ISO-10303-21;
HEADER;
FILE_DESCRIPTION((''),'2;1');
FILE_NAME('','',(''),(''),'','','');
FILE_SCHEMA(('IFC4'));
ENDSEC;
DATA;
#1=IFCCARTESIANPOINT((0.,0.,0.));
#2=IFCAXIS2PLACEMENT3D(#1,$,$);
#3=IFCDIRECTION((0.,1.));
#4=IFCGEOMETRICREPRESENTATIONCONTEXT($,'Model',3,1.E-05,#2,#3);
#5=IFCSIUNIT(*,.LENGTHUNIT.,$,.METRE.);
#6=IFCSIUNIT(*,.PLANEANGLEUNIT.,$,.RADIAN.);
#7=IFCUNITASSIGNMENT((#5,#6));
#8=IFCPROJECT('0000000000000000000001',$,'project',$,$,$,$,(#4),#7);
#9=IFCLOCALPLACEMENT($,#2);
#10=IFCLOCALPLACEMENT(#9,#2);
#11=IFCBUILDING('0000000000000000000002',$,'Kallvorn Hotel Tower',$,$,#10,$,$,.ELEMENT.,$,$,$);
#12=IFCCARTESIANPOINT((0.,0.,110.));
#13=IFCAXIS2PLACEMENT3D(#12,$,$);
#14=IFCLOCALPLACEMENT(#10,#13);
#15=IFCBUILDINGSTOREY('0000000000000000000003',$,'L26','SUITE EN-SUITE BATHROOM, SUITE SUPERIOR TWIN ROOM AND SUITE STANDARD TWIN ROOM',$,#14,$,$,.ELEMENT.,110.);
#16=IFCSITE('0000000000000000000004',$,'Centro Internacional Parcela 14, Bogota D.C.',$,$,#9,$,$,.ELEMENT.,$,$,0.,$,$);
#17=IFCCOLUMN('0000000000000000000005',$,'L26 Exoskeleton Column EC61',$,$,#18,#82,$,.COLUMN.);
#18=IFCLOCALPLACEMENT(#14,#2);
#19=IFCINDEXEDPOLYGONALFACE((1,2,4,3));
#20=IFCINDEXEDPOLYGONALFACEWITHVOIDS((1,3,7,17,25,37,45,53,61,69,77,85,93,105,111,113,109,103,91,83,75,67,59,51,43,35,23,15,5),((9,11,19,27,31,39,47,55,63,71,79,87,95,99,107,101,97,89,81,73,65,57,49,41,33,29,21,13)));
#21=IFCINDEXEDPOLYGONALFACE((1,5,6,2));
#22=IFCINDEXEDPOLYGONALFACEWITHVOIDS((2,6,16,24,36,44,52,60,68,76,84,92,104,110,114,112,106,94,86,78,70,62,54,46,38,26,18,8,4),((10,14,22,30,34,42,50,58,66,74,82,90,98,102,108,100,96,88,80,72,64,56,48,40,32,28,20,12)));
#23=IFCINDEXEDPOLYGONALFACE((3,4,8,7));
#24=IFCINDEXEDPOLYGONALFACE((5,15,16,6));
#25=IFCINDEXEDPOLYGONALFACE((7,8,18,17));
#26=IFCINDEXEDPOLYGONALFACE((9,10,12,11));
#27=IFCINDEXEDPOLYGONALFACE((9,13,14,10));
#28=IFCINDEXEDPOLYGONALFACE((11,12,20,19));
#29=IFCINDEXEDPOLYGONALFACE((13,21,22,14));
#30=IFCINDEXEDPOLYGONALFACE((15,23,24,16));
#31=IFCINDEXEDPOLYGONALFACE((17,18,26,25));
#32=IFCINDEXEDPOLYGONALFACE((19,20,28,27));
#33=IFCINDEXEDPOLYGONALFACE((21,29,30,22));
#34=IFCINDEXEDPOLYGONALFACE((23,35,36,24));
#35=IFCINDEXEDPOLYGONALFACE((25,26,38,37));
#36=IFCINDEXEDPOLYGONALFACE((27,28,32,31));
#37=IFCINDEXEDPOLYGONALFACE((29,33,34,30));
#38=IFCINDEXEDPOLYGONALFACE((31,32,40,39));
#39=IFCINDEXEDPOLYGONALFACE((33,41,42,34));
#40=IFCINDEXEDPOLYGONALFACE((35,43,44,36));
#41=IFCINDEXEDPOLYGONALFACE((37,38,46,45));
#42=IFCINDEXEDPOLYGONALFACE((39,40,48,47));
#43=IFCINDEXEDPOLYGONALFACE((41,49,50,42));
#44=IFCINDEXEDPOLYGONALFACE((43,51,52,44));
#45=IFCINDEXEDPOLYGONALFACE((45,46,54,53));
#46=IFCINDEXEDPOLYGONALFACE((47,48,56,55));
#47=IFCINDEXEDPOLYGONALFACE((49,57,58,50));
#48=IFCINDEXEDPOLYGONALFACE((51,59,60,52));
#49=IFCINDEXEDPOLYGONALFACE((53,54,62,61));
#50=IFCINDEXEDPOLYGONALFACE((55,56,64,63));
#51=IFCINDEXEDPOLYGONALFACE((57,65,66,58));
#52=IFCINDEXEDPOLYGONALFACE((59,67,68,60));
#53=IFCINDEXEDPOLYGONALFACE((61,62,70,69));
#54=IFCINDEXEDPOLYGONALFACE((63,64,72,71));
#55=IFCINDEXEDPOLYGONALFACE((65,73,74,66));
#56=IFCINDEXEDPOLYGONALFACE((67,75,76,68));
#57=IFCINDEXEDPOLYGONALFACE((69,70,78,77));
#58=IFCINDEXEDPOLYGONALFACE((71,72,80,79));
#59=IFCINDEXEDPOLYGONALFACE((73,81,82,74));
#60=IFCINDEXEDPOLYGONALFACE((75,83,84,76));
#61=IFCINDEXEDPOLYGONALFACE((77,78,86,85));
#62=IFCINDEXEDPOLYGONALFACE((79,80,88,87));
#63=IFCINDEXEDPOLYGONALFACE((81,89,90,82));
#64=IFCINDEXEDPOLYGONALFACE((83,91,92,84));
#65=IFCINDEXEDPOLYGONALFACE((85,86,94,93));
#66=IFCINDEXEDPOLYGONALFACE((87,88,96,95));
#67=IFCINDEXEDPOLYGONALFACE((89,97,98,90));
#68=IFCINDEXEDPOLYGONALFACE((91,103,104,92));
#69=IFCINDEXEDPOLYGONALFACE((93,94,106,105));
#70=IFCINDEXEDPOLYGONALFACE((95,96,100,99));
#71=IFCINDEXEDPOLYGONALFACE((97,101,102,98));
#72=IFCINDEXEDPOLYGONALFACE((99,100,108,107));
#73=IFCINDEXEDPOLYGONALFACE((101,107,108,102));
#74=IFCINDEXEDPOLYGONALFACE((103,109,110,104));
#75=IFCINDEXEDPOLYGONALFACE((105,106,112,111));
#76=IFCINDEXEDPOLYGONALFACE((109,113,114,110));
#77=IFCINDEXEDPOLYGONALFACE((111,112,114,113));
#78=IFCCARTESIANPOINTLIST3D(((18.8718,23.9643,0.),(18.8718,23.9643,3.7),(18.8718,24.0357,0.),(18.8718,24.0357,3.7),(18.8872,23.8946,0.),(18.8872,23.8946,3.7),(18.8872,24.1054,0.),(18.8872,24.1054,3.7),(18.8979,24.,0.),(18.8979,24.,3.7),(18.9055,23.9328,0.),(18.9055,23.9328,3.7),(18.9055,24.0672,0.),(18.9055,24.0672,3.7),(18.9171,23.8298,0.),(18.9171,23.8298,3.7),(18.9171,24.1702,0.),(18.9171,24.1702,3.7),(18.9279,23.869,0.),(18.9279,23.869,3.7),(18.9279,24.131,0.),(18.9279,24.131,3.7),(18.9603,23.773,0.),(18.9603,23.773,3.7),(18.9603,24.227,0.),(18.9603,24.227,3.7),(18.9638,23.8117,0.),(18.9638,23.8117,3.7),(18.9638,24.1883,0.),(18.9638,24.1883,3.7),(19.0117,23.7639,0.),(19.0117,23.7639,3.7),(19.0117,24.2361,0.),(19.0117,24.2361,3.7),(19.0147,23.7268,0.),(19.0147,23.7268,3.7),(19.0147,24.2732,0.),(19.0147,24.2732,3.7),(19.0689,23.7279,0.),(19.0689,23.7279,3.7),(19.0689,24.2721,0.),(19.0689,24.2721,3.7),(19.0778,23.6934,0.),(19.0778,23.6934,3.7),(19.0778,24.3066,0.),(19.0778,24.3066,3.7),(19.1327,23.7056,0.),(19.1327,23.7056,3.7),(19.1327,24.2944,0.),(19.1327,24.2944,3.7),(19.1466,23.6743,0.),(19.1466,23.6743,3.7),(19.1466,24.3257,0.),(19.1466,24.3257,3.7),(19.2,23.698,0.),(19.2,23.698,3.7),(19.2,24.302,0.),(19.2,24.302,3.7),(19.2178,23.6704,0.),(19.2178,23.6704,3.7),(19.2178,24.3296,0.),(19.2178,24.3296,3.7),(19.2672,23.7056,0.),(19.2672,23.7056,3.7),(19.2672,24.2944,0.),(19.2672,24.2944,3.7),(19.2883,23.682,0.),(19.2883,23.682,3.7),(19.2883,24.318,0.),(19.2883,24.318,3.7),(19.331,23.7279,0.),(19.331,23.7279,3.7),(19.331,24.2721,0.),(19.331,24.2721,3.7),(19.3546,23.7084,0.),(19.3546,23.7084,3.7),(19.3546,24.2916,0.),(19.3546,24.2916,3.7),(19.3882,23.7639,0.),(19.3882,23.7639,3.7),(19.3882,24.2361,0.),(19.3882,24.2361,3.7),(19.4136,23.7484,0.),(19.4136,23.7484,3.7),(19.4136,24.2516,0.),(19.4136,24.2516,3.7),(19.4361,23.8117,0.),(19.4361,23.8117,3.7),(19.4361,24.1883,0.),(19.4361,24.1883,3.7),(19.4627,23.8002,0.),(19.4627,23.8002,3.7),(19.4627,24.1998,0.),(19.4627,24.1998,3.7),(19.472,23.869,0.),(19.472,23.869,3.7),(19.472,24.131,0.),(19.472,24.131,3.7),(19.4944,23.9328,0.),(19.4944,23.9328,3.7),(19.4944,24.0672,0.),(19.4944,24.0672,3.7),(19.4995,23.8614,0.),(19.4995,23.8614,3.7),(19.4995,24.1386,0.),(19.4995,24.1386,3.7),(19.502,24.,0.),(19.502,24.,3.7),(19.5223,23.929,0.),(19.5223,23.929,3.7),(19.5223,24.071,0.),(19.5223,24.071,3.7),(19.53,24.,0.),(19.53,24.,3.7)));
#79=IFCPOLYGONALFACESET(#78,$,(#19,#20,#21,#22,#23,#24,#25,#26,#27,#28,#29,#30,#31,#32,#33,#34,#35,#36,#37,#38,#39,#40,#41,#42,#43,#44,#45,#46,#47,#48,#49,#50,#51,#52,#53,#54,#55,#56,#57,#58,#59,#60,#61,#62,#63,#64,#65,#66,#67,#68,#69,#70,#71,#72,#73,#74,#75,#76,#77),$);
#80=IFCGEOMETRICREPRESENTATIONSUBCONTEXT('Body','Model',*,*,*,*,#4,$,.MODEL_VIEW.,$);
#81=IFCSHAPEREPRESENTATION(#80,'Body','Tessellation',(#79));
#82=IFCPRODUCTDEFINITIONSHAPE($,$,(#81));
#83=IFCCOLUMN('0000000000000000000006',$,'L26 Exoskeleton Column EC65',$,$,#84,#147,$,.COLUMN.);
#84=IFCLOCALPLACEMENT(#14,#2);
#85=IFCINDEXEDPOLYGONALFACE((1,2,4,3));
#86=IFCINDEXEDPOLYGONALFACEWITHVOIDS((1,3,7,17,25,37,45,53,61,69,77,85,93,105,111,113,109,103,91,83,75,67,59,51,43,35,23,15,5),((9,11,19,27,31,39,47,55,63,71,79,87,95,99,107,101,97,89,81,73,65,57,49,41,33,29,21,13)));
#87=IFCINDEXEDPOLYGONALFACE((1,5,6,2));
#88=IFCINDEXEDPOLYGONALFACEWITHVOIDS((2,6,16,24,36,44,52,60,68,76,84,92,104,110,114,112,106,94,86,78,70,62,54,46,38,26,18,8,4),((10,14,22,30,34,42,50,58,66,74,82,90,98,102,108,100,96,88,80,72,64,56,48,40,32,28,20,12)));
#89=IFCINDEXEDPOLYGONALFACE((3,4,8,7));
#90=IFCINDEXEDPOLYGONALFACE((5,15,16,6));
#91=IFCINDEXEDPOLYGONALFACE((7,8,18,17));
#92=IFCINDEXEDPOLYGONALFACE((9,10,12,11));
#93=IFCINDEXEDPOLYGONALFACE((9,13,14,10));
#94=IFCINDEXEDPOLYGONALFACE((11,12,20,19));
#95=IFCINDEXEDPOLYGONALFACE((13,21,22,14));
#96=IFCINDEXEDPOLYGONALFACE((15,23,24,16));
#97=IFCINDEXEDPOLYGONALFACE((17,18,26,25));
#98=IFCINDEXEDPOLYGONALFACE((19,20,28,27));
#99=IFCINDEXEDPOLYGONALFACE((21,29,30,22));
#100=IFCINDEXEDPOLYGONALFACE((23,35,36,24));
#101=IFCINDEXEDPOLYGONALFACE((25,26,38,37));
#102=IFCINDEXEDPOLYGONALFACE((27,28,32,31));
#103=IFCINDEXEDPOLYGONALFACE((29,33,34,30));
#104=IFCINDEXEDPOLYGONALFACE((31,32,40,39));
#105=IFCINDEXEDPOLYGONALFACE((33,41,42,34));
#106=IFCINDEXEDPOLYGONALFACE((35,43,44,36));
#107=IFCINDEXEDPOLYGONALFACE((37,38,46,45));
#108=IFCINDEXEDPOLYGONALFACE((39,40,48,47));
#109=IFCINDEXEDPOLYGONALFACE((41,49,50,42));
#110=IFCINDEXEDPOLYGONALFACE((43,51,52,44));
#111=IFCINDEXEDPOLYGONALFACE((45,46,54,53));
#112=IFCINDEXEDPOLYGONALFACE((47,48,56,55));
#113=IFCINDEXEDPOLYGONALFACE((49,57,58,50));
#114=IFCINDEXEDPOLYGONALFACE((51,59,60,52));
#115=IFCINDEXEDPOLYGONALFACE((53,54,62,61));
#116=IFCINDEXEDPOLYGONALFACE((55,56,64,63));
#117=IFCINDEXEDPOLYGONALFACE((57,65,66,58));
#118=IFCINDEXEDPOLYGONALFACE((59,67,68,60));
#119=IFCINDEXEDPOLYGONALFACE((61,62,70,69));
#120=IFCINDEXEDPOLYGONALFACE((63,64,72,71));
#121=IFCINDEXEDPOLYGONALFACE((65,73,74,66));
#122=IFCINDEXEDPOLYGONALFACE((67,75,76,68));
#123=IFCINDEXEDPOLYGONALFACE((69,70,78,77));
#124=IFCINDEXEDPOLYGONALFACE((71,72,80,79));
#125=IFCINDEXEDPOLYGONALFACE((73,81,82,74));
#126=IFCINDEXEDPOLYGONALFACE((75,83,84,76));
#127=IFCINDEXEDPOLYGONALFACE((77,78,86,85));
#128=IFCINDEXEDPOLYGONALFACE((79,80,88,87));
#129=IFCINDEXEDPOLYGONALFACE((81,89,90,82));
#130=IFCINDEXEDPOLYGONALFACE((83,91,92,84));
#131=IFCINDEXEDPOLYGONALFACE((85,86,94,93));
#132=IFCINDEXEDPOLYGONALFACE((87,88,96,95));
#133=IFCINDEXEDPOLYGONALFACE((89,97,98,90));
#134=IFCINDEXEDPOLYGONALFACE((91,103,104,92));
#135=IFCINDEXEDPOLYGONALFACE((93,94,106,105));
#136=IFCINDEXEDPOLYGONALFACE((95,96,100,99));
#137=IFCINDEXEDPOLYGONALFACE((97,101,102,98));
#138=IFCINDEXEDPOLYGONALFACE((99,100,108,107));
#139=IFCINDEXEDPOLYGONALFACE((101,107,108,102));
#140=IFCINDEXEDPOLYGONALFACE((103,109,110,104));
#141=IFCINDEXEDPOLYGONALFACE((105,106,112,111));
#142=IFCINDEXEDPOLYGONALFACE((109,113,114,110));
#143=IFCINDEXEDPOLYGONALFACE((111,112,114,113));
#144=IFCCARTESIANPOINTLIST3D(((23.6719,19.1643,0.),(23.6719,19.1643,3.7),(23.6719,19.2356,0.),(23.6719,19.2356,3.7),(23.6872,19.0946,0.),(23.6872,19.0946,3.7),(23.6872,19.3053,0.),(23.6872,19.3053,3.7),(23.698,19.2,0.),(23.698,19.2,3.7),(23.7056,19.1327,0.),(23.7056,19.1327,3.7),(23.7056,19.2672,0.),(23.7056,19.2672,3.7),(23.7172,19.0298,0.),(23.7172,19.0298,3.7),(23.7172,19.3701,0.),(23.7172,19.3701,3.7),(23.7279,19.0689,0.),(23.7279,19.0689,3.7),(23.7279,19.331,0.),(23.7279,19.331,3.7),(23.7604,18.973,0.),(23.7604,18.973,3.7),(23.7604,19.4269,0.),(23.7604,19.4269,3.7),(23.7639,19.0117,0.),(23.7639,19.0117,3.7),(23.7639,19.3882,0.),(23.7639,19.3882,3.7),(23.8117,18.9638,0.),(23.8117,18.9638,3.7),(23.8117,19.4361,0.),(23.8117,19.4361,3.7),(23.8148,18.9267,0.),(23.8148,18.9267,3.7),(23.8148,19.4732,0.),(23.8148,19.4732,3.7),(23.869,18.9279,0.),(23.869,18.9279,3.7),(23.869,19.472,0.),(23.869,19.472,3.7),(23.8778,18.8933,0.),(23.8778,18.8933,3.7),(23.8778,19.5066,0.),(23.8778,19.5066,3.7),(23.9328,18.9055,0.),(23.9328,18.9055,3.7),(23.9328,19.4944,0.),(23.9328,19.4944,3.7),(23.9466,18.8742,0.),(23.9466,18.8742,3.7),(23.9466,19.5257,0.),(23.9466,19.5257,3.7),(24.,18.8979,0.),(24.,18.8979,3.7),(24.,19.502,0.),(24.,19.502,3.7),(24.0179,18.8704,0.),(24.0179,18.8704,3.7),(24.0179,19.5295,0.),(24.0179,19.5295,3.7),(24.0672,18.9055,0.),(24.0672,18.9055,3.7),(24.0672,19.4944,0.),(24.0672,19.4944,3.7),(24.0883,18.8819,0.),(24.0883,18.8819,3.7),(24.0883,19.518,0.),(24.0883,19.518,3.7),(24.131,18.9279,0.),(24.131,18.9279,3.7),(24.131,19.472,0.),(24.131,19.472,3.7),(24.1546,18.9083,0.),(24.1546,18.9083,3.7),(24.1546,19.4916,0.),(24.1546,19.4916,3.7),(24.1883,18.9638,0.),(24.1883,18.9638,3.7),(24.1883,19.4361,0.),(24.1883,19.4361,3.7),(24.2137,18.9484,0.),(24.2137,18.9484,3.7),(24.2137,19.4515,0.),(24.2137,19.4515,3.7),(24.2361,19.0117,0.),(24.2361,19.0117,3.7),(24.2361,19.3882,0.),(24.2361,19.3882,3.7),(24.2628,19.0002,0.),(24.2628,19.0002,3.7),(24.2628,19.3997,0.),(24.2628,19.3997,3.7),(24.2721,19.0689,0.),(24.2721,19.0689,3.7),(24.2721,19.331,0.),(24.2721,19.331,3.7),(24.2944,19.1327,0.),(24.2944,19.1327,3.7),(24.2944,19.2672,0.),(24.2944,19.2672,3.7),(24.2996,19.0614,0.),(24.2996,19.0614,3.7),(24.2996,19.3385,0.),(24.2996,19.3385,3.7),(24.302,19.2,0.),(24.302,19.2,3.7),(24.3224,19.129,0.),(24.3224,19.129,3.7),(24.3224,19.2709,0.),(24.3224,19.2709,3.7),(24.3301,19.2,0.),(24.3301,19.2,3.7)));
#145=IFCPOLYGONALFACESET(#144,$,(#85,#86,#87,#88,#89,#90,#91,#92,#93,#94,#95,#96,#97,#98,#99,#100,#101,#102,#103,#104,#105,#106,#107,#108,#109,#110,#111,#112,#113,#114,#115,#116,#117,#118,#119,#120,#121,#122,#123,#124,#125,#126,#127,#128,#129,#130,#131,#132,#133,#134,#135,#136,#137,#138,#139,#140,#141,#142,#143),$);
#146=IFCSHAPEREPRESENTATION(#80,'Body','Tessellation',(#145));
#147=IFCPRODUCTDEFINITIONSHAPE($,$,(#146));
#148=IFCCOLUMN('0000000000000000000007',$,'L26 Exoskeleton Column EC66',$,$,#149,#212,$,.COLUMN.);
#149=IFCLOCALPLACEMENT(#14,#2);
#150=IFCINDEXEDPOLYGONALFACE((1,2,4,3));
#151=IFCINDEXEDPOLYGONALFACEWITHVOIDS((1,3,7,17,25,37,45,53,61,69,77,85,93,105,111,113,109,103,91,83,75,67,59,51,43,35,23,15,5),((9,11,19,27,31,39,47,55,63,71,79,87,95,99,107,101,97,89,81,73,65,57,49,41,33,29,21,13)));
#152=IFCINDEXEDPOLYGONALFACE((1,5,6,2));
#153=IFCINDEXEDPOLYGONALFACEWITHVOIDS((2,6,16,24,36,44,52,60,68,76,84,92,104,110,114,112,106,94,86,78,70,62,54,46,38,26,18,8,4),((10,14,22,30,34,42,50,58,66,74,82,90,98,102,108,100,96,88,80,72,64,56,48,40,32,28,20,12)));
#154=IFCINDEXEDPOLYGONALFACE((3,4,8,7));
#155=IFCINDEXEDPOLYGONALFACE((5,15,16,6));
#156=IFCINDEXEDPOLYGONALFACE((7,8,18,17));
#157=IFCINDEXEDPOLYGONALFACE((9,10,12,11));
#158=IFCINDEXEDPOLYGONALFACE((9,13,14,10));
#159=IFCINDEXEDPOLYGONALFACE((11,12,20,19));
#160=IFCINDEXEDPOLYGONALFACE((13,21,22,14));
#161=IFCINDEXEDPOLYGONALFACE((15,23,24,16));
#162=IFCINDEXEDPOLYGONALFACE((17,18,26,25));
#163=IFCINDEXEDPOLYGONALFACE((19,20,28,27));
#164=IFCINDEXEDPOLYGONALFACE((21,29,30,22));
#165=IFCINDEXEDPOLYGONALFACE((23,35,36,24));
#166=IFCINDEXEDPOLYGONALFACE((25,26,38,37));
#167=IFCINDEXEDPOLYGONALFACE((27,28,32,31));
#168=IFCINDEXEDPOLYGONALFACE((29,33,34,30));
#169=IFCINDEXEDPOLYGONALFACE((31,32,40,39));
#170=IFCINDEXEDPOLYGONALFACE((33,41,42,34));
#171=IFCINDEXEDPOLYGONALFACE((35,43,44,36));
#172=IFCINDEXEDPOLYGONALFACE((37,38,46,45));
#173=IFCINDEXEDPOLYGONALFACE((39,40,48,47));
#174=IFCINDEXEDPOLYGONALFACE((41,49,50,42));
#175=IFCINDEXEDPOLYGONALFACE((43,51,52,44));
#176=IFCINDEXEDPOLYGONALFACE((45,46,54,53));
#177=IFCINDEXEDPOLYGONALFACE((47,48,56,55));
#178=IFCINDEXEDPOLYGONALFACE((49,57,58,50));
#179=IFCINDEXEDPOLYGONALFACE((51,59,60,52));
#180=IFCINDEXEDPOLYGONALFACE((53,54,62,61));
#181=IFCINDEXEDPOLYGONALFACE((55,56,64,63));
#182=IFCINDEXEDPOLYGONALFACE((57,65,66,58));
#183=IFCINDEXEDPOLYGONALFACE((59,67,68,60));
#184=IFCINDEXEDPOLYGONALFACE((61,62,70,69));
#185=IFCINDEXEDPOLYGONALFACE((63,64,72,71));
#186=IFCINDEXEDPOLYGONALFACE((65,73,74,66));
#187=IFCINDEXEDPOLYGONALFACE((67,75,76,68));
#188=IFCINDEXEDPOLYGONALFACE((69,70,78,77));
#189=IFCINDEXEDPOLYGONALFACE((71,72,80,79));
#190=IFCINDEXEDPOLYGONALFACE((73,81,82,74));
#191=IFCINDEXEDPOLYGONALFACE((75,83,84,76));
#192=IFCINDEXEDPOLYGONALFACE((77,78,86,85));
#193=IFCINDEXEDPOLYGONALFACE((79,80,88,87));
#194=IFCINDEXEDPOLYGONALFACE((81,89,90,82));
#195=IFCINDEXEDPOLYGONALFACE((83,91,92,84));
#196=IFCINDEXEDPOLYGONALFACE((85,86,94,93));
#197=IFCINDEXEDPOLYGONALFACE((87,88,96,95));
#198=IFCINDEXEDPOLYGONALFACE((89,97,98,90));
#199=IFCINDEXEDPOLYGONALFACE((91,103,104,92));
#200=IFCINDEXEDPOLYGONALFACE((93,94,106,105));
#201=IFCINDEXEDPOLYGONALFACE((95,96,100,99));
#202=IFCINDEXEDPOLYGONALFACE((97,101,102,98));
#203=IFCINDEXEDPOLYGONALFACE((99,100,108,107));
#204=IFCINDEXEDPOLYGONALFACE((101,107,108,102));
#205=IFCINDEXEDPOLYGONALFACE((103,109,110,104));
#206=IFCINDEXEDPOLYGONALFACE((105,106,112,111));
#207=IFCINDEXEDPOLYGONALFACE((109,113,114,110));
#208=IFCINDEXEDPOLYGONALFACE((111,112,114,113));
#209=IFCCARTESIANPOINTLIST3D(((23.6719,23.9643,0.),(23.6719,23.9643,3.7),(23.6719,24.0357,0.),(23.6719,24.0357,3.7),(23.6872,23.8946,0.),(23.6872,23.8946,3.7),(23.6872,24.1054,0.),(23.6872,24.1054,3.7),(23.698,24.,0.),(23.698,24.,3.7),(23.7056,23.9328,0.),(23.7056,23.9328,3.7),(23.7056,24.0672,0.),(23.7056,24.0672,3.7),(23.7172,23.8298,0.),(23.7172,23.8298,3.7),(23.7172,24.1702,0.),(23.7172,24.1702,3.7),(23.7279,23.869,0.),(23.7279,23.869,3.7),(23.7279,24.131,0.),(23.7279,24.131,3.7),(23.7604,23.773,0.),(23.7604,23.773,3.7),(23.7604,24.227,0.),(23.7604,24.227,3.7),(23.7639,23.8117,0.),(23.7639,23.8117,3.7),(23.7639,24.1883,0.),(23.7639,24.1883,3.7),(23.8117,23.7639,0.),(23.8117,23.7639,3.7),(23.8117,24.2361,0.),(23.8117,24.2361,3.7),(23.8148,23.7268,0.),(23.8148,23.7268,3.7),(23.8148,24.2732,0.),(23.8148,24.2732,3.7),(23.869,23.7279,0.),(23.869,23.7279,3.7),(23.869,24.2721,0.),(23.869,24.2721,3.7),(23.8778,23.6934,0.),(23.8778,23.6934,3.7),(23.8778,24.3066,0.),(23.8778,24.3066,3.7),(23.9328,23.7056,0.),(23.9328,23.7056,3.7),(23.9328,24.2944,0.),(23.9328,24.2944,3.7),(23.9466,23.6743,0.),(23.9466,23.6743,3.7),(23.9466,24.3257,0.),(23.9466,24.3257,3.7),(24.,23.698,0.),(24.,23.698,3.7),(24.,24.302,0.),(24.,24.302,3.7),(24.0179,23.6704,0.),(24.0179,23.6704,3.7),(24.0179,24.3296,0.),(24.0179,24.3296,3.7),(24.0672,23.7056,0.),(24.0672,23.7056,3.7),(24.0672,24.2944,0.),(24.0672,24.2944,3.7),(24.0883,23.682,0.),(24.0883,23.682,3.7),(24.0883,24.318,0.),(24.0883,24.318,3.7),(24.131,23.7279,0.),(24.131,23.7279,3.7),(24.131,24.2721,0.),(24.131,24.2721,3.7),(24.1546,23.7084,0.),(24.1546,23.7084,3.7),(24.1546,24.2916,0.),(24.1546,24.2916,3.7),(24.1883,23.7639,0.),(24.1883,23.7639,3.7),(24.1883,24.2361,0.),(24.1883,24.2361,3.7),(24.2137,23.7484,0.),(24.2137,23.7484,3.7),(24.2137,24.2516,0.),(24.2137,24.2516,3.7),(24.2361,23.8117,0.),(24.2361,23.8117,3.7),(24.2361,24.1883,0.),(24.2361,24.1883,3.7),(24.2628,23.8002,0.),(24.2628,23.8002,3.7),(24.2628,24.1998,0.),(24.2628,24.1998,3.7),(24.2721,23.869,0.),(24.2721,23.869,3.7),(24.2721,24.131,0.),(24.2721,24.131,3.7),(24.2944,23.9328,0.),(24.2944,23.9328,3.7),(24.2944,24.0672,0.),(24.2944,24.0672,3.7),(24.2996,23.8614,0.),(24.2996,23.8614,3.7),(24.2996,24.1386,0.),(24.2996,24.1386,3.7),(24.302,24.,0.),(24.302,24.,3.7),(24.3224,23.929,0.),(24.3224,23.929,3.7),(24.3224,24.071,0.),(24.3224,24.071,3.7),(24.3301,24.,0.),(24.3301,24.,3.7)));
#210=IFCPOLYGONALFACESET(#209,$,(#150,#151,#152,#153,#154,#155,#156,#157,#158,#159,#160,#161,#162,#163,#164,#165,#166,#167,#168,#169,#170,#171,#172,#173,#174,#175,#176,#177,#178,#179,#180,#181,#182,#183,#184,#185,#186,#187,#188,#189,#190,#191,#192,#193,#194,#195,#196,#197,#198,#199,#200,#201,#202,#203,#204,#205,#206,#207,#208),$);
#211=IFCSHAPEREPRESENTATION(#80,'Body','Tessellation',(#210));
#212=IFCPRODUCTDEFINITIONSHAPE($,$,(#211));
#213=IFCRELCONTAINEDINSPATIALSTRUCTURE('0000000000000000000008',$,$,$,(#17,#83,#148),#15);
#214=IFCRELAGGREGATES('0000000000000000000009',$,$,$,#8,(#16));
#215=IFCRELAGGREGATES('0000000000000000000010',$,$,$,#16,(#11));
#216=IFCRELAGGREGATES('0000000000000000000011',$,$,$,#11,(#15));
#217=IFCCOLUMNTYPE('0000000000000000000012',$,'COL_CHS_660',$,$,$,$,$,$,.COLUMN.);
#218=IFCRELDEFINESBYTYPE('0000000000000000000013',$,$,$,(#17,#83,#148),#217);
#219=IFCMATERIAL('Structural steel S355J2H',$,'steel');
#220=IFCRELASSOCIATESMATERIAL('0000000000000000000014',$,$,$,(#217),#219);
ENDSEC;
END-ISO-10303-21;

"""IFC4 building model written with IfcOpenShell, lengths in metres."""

from ifc_helpers import new_model, si_unit, direction, frame, origin, origin_2d, place, context, subcontext, project, spatial, hollow_circle, extrude, material, material_profile, profile_set, type_object, element, save


model = new_model("IFC4")

# Units and contexts
model_context = context("Model", 3, precision=1e-05, world=origin(), true_north=direction((0.0, 1.0)))
body_context = subcontext(model_context, "Body", "Model", "MODEL_VIEW")
ifc_project = project(units=[si_unit("LENGTHUNIT", "METRE"), si_unit("PLANEANGLEUNIT", "RADIAN")], contexts=[model_context])

# Site, building, storey
site_placement = place(None, origin())
site = spatial("IfcSite", under=ifc_project, at=site_placement, Name="Centro Internacional Parcela 14, Bogota D.C.", CompositionType="ELEMENT", RefElevation=0.0)
building_placement = place(site_placement, origin())
building = spatial("IfcBuilding", under=site, at=building_placement, Name="Kallvorn Hotel Tower", CompositionType="ELEMENT")
storey_placement = place(building_placement, frame((0.0, 0.0, 110.0)))
storey = spatial("IfcBuildingStorey", under=building, at=storey_placement, Name="L26", Description="SUITE EN-SUITE BATHROOM, SUITE SUPERIOR TWIN ROOM AND SUITE STANDARD TWIN ROOM", CompositionType="ELEMENT", Elevation=110.0)

# Columns
ifc_material_1 = material(Name="Structural steel S355J2H", Category="steel")
ifc_material_profile_1 = material_profile(ifc_material_1, hollow_circle(Radius=0.3301, WallThickness=0.0281, at=origin_2d()), Name="CHS 660x28")
ifc_profile_set_1 = profile_set([ifc_material_profile_1], Name="Structural steel S355J2H")
column_type_1 = type_object("IfcColumnType", Name="COL_CHS_660", PredefinedType="COLUMN", material=ifc_profile_set_1)
for number, where, z_axis, x_axis, name in (
    (1, (19.2, 24.0, 0.0), (0.0, 0.0, 1.0), (1.0, 0.0, 0.0), "L26 Exoskeleton Column EC61"),
    (2, (24.0, 19.2, 0.0), (0.0, 0.0, 1.0), (1.0, 0.0, 0.0), "L26 Exoskeleton Column EC65"),
    (3, (24.0, 24.0, 0.0), (0.0, 0.0, 1.0), (1.0, 0.0, 0.0), "L26 Exoskeleton Column EC66"),
):
    element("IfcColumn", number, at=place(storey_placement, frame(where, z_axis=z_axis, x_axis=x_axis)), inside=storey, type_object=column_type_1, Name=name, PredefinedType="COLUMN", context=body_context, shape_type="SweptSolid", body=[
        extrude(hollow_circle(Radius=0.3301, WallThickness=0.0281, at=origin_2d()), origin(), (0.0, 0.0, 1.0), 3.7),
    ])

save(model, "model.ifc")
